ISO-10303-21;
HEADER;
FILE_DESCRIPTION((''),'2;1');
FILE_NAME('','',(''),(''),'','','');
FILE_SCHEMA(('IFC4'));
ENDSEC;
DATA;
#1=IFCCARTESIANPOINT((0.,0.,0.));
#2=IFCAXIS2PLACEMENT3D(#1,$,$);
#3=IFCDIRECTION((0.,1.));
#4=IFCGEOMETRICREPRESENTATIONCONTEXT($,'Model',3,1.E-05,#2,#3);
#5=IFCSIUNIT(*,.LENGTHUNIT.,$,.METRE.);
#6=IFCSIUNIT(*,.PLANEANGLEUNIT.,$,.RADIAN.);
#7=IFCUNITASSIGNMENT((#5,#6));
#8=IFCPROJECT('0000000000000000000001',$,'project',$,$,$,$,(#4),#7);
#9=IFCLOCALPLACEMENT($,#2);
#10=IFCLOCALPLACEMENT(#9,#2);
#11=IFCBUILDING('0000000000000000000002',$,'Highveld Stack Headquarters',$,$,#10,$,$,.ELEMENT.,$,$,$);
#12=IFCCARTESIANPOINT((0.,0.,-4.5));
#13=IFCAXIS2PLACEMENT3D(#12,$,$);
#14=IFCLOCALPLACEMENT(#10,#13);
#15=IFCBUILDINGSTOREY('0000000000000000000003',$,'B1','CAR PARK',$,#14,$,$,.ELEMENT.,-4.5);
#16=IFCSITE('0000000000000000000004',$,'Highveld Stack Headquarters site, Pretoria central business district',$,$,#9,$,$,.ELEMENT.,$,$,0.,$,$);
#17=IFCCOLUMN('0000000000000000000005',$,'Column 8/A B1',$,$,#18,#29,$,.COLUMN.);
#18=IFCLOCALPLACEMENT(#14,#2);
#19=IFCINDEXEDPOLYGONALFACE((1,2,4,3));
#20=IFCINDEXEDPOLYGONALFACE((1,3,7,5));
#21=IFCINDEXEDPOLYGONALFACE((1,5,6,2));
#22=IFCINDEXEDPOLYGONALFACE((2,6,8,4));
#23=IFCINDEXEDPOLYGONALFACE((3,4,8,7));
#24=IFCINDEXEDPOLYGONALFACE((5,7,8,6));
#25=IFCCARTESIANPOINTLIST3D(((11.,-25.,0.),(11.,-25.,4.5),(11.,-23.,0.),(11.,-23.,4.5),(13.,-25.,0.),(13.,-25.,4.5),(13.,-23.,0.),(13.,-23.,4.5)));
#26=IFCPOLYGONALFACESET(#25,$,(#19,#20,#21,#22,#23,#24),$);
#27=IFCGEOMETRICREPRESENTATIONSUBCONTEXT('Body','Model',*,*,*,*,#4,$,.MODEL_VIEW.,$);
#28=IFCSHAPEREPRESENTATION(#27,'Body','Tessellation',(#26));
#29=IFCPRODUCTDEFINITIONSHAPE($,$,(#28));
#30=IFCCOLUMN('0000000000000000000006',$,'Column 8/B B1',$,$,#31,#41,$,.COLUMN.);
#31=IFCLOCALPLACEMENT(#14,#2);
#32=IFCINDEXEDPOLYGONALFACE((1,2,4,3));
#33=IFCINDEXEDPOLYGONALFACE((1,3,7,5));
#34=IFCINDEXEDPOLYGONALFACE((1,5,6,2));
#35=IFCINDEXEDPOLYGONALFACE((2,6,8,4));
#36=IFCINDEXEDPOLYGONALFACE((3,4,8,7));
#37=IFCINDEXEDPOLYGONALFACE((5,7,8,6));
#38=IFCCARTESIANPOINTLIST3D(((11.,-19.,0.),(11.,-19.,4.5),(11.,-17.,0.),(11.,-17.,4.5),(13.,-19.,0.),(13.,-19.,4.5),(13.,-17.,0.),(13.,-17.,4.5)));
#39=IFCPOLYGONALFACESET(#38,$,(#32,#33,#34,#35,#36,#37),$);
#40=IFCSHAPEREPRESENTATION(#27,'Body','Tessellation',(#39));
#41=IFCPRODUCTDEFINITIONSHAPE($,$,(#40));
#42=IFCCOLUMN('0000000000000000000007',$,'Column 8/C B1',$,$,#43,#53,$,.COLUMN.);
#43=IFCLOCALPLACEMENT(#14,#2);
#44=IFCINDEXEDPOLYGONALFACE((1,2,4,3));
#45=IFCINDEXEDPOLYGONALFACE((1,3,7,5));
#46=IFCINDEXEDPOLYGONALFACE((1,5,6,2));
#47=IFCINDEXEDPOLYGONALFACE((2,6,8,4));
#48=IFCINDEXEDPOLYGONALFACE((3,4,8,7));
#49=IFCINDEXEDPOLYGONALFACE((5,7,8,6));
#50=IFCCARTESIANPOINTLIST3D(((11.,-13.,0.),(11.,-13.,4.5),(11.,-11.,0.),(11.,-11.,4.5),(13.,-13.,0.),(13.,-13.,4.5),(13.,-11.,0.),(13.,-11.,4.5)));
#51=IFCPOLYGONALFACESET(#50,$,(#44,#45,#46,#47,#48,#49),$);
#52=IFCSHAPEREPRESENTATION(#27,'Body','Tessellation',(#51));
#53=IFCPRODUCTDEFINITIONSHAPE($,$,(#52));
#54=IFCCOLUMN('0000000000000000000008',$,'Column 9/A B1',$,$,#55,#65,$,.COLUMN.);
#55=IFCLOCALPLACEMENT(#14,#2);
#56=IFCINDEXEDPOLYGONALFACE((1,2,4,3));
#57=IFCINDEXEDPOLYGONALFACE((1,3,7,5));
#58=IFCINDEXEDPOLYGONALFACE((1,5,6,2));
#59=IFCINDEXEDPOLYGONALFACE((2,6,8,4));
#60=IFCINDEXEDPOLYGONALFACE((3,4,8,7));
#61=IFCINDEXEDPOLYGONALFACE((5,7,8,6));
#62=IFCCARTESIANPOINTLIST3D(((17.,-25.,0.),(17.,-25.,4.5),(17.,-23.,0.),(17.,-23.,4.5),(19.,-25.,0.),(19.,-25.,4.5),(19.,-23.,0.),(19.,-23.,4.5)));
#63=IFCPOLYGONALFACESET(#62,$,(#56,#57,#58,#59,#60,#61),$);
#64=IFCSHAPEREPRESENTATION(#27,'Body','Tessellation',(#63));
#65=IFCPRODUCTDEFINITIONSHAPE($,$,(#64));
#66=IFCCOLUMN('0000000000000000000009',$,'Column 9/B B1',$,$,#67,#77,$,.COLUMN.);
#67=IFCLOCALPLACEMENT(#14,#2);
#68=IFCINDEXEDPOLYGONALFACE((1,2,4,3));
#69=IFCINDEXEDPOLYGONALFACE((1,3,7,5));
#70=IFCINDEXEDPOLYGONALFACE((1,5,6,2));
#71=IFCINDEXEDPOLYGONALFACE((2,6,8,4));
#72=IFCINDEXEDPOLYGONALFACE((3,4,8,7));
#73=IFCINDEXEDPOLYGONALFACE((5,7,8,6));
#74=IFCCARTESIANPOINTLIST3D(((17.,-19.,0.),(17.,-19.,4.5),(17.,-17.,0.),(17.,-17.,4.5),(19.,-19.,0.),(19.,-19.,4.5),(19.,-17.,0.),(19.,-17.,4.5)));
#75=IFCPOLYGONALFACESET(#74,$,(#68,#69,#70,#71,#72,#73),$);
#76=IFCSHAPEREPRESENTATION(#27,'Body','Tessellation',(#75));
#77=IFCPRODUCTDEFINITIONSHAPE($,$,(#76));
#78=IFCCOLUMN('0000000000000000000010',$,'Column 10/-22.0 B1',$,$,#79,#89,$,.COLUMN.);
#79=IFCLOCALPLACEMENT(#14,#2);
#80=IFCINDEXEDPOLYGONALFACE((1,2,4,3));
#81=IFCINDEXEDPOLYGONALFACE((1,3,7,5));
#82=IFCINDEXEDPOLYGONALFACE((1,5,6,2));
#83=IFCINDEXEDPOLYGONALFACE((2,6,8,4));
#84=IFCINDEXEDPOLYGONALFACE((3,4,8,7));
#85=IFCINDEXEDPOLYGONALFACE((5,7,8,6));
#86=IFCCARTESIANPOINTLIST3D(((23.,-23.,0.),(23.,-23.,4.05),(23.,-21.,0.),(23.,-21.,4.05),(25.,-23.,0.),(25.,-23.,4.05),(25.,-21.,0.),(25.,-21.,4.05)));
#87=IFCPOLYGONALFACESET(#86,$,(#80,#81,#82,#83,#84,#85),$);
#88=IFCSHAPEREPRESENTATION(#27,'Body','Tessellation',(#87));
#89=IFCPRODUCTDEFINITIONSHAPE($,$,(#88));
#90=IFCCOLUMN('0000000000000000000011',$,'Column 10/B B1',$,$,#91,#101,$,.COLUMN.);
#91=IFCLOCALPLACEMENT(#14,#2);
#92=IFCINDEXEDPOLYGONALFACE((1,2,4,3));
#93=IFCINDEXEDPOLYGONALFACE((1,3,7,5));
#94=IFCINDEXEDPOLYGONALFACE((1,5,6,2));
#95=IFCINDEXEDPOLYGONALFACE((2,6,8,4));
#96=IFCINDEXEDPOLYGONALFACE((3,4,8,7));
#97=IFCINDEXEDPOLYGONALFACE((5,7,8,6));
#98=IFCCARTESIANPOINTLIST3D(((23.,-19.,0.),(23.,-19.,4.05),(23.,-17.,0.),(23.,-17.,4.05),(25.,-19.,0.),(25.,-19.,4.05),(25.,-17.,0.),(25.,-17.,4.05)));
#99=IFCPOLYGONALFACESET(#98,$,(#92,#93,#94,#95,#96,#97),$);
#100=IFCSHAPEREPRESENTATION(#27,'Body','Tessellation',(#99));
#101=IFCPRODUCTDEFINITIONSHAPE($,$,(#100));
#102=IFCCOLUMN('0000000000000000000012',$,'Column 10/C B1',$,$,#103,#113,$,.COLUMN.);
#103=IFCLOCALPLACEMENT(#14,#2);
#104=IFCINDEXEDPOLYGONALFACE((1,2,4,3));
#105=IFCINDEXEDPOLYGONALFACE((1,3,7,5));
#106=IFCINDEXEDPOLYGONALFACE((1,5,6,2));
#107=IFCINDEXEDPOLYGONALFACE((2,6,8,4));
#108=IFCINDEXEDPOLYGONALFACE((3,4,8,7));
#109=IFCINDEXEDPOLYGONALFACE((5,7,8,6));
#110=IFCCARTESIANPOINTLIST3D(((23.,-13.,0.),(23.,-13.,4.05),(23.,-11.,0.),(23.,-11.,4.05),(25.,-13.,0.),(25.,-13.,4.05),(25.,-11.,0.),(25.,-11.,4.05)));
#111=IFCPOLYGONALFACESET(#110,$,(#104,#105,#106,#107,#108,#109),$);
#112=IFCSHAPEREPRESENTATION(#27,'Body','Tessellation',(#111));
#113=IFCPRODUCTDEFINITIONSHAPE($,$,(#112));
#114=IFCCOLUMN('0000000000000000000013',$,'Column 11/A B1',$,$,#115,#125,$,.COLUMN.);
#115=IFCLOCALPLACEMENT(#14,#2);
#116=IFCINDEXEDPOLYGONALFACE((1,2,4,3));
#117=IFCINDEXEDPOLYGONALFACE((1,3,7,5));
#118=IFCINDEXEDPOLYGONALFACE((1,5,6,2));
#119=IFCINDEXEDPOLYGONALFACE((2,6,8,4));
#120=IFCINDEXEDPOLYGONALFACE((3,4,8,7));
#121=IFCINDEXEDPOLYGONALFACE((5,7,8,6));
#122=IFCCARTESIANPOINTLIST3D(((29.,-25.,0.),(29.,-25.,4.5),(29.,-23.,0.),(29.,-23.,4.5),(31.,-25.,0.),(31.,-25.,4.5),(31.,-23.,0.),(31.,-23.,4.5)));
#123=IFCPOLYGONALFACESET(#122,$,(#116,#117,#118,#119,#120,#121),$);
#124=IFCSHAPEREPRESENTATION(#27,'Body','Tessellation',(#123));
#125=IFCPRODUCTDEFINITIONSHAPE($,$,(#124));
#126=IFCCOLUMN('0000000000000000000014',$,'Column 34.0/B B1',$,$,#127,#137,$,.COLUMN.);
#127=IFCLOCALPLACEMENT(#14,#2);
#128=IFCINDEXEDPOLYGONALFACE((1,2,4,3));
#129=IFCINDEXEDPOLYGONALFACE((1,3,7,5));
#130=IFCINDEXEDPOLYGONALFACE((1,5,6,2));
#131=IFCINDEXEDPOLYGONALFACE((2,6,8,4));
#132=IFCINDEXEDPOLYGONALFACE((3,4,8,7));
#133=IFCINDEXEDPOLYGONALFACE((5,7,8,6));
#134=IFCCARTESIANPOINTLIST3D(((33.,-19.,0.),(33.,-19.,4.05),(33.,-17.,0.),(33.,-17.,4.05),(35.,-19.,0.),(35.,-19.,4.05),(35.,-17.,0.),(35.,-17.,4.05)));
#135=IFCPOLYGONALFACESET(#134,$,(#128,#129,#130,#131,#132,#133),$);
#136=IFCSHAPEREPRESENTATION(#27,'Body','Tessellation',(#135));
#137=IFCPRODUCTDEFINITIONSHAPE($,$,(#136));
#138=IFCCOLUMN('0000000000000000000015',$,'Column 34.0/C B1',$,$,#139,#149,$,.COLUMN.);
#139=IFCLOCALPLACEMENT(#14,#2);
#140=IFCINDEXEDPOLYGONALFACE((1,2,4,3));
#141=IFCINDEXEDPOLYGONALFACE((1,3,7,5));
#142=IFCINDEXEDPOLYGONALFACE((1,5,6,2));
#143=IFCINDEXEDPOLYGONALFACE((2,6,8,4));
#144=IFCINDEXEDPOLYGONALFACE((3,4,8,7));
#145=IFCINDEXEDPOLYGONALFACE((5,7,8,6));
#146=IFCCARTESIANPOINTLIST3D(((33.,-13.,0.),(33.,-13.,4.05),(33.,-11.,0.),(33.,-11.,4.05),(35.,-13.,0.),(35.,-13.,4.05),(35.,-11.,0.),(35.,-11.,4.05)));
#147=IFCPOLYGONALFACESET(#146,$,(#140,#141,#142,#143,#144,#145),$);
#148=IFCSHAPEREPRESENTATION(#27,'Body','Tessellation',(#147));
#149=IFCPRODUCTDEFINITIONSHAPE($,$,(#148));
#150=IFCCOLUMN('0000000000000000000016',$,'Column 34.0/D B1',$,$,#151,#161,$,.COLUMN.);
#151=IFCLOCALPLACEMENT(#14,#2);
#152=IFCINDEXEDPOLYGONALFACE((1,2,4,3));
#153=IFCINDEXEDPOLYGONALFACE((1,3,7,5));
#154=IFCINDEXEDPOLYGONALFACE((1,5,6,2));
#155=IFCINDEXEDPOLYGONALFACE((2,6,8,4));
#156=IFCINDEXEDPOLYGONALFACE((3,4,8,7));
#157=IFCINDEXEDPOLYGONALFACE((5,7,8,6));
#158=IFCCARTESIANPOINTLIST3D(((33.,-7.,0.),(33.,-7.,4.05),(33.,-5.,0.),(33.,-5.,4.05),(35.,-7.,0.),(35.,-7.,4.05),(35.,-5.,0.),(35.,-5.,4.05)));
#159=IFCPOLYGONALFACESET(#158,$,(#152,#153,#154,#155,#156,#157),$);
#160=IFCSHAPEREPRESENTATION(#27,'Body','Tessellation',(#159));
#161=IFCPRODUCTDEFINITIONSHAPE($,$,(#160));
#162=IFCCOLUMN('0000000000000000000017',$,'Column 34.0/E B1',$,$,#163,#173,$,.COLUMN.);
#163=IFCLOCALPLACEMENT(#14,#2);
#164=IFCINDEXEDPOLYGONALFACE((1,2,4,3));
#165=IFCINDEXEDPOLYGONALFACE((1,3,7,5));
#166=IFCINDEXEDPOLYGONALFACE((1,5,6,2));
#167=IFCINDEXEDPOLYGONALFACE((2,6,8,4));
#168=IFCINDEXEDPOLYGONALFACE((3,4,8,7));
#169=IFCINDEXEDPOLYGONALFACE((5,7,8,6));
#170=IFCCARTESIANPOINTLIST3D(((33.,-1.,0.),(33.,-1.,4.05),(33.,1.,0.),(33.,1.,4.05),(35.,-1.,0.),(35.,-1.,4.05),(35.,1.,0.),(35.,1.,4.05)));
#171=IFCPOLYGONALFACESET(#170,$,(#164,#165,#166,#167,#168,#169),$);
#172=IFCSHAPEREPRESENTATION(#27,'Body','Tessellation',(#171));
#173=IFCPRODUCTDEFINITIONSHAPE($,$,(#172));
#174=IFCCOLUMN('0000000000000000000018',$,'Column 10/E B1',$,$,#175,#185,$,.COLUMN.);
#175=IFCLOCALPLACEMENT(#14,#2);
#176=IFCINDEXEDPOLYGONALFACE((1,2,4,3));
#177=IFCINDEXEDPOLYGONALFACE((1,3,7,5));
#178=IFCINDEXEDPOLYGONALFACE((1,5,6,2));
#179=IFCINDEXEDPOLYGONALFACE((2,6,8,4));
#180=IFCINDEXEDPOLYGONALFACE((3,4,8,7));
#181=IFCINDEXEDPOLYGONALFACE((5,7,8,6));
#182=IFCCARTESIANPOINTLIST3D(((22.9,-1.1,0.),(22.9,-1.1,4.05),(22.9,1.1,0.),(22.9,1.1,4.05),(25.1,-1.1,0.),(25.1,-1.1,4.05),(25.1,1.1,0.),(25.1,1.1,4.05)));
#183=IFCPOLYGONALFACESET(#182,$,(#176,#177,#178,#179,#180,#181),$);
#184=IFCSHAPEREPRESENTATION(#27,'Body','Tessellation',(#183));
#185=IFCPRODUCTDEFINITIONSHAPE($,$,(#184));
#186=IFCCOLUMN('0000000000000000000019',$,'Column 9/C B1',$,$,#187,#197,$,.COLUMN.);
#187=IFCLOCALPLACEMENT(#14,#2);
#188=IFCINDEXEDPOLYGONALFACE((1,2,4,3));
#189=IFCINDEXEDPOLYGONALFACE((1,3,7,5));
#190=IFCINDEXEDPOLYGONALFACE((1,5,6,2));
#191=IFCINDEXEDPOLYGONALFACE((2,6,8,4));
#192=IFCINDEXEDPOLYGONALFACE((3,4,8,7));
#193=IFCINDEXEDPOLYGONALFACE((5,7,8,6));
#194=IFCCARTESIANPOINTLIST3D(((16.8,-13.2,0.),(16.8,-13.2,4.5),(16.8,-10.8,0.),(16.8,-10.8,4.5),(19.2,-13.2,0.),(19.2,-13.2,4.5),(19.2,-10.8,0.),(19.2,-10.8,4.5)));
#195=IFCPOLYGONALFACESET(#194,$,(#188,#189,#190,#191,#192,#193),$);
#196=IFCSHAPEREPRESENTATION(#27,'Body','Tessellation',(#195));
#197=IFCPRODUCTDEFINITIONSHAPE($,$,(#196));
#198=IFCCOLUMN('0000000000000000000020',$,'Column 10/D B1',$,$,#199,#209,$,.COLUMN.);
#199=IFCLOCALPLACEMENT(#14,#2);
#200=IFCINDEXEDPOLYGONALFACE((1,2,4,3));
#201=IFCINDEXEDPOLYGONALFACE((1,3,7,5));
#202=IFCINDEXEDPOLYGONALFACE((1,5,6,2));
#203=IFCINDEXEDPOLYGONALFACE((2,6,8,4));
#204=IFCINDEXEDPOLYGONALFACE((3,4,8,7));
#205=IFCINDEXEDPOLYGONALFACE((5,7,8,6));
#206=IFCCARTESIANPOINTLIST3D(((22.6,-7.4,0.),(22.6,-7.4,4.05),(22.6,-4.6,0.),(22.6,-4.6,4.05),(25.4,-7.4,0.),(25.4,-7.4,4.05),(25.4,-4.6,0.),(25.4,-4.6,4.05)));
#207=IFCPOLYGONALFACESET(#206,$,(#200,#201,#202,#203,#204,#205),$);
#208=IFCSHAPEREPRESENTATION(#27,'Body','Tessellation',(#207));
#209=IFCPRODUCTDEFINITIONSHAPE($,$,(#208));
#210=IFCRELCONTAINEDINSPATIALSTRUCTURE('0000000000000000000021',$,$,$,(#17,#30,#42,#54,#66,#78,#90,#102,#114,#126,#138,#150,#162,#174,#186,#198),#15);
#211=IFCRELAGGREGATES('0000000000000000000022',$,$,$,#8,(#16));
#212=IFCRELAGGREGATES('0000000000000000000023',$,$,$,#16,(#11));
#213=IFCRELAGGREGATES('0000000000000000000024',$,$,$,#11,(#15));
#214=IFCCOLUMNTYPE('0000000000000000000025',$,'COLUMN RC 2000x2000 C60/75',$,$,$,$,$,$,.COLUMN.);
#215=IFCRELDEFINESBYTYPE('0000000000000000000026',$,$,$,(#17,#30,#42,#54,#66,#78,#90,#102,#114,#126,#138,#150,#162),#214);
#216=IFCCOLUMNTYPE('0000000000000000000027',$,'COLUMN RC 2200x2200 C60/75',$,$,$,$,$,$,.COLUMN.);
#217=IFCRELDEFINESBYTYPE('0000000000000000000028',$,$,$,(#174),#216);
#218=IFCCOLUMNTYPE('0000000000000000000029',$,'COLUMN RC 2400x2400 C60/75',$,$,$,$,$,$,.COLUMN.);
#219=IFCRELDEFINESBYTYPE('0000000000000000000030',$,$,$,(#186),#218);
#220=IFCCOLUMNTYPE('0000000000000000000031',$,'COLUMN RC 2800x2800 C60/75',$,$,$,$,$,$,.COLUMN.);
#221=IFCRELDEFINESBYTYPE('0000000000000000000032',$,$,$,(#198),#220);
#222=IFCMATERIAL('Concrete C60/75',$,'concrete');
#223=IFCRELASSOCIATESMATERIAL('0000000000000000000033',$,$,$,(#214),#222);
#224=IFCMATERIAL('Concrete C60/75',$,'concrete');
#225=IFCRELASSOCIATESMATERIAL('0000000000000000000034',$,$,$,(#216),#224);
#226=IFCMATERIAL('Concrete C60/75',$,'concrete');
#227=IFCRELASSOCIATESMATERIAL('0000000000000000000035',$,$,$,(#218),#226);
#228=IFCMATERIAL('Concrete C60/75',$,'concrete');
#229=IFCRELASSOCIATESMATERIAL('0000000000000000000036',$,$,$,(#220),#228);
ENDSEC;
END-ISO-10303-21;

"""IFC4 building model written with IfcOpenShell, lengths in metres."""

from ifc_helpers import new_model, si_unit, direction, frame, origin, origin_2d, place, context, subcontext, project, spatial, rectangle, extrude, material, material_profile, profile_set, type_object, element, save


model = new_model("IFC4")

# Units and contexts
model_context = context("Model", 3, precision=1e-05, world=origin(), true_north=direction((0.0, 1.0)))
body_context = subcontext(model_context, "Body", "Model", "MODEL_VIEW")
ifc_project = project(units=[si_unit("LENGTHUNIT", "METRE"), si_unit("PLANEANGLEUNIT", "RADIAN")], contexts=[model_context])

# Site, building, storey
site_placement = place(None, origin())
site = spatial("IfcSite", under=ifc_project, at=site_placement, Name="Highveld Stack Headquarters site, Pretoria central business district", CompositionType="ELEMENT", RefElevation=0.0)
building_placement = place(site_placement, origin())
building = spatial("IfcBuilding", under=site, at=building_placement, Name="Highveld Stack Headquarters", CompositionType="ELEMENT")
storey_placement = place(building_placement, frame((0.0, 0.0, -4.5)))
storey = spatial("IfcBuildingStorey", under=building, at=storey_placement, Name="B1", Description="CAR PARK", CompositionType="ELEMENT", Elevation=-4.5)

# Columns
ifc_material_1 = material(Name="Concrete C60/75", Category="concrete")
ifc_material_profile_1 = material_profile(ifc_material_1, rectangle(XDim=2.0, YDim=2.0, at=origin_2d()), Name="RC 2000x2000")
ifc_profile_set_1 = profile_set([ifc_material_profile_1], Name="Concrete C60/75")
column_type_1 = type_object("IfcColumnType", Name="COLUMN RC 2000x2000 C60/75", PredefinedType="COLUMN", material=ifc_profile_set_1)
for number, where, z_axis, x_axis, name in (
    (1, (12.0, -24.0, 0.0), (0.0, 0.0, 1.0), (1.0, 0.0, 0.0), "Column 8/A B1"),
    (2, (12.0, -18.0, 0.0), (0.0, 0.0, 1.0), (1.0, 0.0, 0.0), "Column 8/B B1"),
    (3, (12.0, -12.0, 0.0), (0.0, 0.0, 1.0), (1.0, 0.0, 0.0), "Column 8/C B1"),
    (4, (18.0, -24.0, 0.0), (0.0, 0.0, 1.0), (1.0, 0.0, 0.0), "Column 9/A B1"),
    (5, (18.0, -18.0, 0.0), (0.0, 0.0, 1.0), (1.0, 0.0, 0.0), "Column 9/B B1"),
):
    element("IfcColumn", number, at=place(storey_placement, frame(where, z_axis=z_axis, x_axis=x_axis)), inside=storey, type_object=column_type_1, Name=name, PredefinedType="COLUMN", context=body_context, shape_type="SweptSolid", body=[
        extrude(rectangle(XDim=2.0, YDim=2.0, at=origin_2d()), origin(), (0.0, 0.0, 1.0), 4.5),
    ])
for number, where, z_axis, x_axis, name in (
    (6, (24.0, -22.0, 0.0), (0.0, 0.0, 1.0), (1.0, 0.0, 0.0), "Column 10/-22.0 B1"),
    (7, (24.0, -18.0, 0.0), (0.0, 0.0, 1.0), (1.0, 0.0, 0.0), "Column 10/B B1"),
    (8, (24.0, -12.0, 0.0), (0.0, 0.0, 1.0), (1.0, 0.0, 0.0), "Column 10/C B1"),
):
    element("IfcColumn", number, at=place(storey_placement, frame(where, z_axis=z_axis, x_axis=x_axis)), inside=storey, type_object=column_type_1, Name=name, PredefinedType="COLUMN", context=body_context, shape_type="SweptSolid", body=[
        extrude(rectangle(XDim=2.0, YDim=2.0, at=origin_2d()), origin(), (0.0, 0.0, 1.0), 4.05),
    ])
column_1_placement = place(storey_placement, frame((30.0, -24.0, 0.0), z_axis=(0.0, 0.0, 1.0), x_axis=(1.0, 0.0, 0.0)))
element("IfcColumn", 9, at=column_1_placement, inside=storey, type_object=column_type_1, Name="Column 11/A B1", PredefinedType="COLUMN", context=body_context, shape_type="SweptSolid", body=[
    extrude(rectangle(XDim=2.0, YDim=2.0, at=origin_2d()), origin(), (0.0, 0.0, 1.0), 4.5),
])
for number, where, z_axis, x_axis, name in (
    (10, (34.0, -18.0, 0.0), (0.0, 0.0, 1.0), (1.0, 0.0, 0.0), "Column 34.0/B B1"),
    (11, (34.0, -12.0, 0.0), (0.0, 0.0, 1.0), (1.0, 0.0, 0.0), "Column 34.0/C B1"),
    (12, (34.0, -6.0, 0.0), (0.0, 0.0, 1.0), (1.0, 0.0, 0.0), "Column 34.0/D B1"),
    (13, (34.0, 0.0, 0.0), (0.0, 0.0, 1.0), (1.0, 0.0, 0.0), "Column 34.0/E B1"),
):
    element("IfcColumn", number, at=place(storey_placement, frame(where, z_axis=z_axis, x_axis=x_axis)), inside=storey, type_object=column_type_1, Name=name, PredefinedType="COLUMN", context=body_context, shape_type="SweptSolid", body=[
        extrude(rectangle(XDim=2.0, YDim=2.0, at=origin_2d()), origin(), (0.0, 0.0, 1.0), 4.05),
    ])
ifc_material_2 = material(Name="Concrete C60/75", Category="concrete")
ifc_material_profile_2 = material_profile(ifc_material_2, rectangle(XDim=2.2, YDim=2.2, at=origin_2d()), Name="RC 2200x2200")
ifc_profile_set_2 = profile_set([ifc_material_profile_2], Name="Concrete C60/75")
column_type_2 = type_object("IfcColumnType", Name="COLUMN RC 2200x2200 C60/75", PredefinedType="COLUMN", material=ifc_profile_set_2)
column_2_placement = place(storey_placement, frame((24.0, 0.0, 0.0), z_axis=(0.0, 0.0, 1.0), x_axis=(1.0, 0.0, 0.0)))
element("IfcColumn", 14, at=column_2_placement, inside=storey, type_object=column_type_2, Name="Column 10/E B1", PredefinedType="COLUMN", context=body_context, shape_type="SweptSolid", body=[
    extrude(rectangle(XDim=2.2, YDim=2.2, at=origin_2d()), origin(), (0.0, 0.0, 1.0), 4.05),
])
ifc_material_3 = material(Name="Concrete C60/75", Category="concrete")
ifc_material_profile_3 = material_profile(ifc_material_3, rectangle(XDim=2.3999, YDim=2.3999, at=origin_2d()), Name="RC 2400x2400")
ifc_profile_set_3 = profile_set([ifc_material_profile_3], Name="Concrete C60/75")
column_type_3 = type_object("IfcColumnType", Name="COLUMN RC 2400x2400 C60/75", PredefinedType="COLUMN", material=ifc_profile_set_3)
column_3_placement = place(storey_placement, frame((18.0, -12.0, 0.0), z_axis=(0.0, 0.0, 1.0), x_axis=(1.0, 0.0, 0.0)))
element("IfcColumn", 15, at=column_3_placement, inside=storey, type_object=column_type_3, Name="Column 9/C B1", PredefinedType="COLUMN", context=body_context, shape_type="SweptSolid", body=[
    extrude(rectangle(XDim=2.3999, YDim=2.3999, at=origin_2d()), origin(), (0.0, 0.0, 1.0), 4.5),
])
ifc_material_4 = material(Name="Concrete C60/75", Category="concrete")
ifc_material_profile_4 = material_profile(ifc_material_4, rectangle(XDim=2.8, YDim=2.8, at=origin_2d()), Name="RC 2800x2800")
ifc_profile_set_4 = profile_set([ifc_material_profile_4], Name="Concrete C60/75")
column_type_4 = type_object("IfcColumnType", Name="COLUMN RC 2800x2800 C60/75", PredefinedType="COLUMN", material=ifc_profile_set_4)
column_4_placement = place(storey_placement, frame((24.0, -6.0, 0.0), z_axis=(0.0, 0.0, 1.0), x_axis=(1.0, 0.0, 0.0)))
element("IfcColumn", 16, at=column_4_placement, inside=storey, type_object=column_type_4, Name="Column 10/D B1", PredefinedType="COLUMN", context=body_context, shape_type="SweptSolid", body=[
    extrude(rectangle(XDim=2.8, YDim=2.8, at=origin_2d()), origin(), (0.0, 0.0, 1.0), 4.05),
])

save(model, "model.ifc")
